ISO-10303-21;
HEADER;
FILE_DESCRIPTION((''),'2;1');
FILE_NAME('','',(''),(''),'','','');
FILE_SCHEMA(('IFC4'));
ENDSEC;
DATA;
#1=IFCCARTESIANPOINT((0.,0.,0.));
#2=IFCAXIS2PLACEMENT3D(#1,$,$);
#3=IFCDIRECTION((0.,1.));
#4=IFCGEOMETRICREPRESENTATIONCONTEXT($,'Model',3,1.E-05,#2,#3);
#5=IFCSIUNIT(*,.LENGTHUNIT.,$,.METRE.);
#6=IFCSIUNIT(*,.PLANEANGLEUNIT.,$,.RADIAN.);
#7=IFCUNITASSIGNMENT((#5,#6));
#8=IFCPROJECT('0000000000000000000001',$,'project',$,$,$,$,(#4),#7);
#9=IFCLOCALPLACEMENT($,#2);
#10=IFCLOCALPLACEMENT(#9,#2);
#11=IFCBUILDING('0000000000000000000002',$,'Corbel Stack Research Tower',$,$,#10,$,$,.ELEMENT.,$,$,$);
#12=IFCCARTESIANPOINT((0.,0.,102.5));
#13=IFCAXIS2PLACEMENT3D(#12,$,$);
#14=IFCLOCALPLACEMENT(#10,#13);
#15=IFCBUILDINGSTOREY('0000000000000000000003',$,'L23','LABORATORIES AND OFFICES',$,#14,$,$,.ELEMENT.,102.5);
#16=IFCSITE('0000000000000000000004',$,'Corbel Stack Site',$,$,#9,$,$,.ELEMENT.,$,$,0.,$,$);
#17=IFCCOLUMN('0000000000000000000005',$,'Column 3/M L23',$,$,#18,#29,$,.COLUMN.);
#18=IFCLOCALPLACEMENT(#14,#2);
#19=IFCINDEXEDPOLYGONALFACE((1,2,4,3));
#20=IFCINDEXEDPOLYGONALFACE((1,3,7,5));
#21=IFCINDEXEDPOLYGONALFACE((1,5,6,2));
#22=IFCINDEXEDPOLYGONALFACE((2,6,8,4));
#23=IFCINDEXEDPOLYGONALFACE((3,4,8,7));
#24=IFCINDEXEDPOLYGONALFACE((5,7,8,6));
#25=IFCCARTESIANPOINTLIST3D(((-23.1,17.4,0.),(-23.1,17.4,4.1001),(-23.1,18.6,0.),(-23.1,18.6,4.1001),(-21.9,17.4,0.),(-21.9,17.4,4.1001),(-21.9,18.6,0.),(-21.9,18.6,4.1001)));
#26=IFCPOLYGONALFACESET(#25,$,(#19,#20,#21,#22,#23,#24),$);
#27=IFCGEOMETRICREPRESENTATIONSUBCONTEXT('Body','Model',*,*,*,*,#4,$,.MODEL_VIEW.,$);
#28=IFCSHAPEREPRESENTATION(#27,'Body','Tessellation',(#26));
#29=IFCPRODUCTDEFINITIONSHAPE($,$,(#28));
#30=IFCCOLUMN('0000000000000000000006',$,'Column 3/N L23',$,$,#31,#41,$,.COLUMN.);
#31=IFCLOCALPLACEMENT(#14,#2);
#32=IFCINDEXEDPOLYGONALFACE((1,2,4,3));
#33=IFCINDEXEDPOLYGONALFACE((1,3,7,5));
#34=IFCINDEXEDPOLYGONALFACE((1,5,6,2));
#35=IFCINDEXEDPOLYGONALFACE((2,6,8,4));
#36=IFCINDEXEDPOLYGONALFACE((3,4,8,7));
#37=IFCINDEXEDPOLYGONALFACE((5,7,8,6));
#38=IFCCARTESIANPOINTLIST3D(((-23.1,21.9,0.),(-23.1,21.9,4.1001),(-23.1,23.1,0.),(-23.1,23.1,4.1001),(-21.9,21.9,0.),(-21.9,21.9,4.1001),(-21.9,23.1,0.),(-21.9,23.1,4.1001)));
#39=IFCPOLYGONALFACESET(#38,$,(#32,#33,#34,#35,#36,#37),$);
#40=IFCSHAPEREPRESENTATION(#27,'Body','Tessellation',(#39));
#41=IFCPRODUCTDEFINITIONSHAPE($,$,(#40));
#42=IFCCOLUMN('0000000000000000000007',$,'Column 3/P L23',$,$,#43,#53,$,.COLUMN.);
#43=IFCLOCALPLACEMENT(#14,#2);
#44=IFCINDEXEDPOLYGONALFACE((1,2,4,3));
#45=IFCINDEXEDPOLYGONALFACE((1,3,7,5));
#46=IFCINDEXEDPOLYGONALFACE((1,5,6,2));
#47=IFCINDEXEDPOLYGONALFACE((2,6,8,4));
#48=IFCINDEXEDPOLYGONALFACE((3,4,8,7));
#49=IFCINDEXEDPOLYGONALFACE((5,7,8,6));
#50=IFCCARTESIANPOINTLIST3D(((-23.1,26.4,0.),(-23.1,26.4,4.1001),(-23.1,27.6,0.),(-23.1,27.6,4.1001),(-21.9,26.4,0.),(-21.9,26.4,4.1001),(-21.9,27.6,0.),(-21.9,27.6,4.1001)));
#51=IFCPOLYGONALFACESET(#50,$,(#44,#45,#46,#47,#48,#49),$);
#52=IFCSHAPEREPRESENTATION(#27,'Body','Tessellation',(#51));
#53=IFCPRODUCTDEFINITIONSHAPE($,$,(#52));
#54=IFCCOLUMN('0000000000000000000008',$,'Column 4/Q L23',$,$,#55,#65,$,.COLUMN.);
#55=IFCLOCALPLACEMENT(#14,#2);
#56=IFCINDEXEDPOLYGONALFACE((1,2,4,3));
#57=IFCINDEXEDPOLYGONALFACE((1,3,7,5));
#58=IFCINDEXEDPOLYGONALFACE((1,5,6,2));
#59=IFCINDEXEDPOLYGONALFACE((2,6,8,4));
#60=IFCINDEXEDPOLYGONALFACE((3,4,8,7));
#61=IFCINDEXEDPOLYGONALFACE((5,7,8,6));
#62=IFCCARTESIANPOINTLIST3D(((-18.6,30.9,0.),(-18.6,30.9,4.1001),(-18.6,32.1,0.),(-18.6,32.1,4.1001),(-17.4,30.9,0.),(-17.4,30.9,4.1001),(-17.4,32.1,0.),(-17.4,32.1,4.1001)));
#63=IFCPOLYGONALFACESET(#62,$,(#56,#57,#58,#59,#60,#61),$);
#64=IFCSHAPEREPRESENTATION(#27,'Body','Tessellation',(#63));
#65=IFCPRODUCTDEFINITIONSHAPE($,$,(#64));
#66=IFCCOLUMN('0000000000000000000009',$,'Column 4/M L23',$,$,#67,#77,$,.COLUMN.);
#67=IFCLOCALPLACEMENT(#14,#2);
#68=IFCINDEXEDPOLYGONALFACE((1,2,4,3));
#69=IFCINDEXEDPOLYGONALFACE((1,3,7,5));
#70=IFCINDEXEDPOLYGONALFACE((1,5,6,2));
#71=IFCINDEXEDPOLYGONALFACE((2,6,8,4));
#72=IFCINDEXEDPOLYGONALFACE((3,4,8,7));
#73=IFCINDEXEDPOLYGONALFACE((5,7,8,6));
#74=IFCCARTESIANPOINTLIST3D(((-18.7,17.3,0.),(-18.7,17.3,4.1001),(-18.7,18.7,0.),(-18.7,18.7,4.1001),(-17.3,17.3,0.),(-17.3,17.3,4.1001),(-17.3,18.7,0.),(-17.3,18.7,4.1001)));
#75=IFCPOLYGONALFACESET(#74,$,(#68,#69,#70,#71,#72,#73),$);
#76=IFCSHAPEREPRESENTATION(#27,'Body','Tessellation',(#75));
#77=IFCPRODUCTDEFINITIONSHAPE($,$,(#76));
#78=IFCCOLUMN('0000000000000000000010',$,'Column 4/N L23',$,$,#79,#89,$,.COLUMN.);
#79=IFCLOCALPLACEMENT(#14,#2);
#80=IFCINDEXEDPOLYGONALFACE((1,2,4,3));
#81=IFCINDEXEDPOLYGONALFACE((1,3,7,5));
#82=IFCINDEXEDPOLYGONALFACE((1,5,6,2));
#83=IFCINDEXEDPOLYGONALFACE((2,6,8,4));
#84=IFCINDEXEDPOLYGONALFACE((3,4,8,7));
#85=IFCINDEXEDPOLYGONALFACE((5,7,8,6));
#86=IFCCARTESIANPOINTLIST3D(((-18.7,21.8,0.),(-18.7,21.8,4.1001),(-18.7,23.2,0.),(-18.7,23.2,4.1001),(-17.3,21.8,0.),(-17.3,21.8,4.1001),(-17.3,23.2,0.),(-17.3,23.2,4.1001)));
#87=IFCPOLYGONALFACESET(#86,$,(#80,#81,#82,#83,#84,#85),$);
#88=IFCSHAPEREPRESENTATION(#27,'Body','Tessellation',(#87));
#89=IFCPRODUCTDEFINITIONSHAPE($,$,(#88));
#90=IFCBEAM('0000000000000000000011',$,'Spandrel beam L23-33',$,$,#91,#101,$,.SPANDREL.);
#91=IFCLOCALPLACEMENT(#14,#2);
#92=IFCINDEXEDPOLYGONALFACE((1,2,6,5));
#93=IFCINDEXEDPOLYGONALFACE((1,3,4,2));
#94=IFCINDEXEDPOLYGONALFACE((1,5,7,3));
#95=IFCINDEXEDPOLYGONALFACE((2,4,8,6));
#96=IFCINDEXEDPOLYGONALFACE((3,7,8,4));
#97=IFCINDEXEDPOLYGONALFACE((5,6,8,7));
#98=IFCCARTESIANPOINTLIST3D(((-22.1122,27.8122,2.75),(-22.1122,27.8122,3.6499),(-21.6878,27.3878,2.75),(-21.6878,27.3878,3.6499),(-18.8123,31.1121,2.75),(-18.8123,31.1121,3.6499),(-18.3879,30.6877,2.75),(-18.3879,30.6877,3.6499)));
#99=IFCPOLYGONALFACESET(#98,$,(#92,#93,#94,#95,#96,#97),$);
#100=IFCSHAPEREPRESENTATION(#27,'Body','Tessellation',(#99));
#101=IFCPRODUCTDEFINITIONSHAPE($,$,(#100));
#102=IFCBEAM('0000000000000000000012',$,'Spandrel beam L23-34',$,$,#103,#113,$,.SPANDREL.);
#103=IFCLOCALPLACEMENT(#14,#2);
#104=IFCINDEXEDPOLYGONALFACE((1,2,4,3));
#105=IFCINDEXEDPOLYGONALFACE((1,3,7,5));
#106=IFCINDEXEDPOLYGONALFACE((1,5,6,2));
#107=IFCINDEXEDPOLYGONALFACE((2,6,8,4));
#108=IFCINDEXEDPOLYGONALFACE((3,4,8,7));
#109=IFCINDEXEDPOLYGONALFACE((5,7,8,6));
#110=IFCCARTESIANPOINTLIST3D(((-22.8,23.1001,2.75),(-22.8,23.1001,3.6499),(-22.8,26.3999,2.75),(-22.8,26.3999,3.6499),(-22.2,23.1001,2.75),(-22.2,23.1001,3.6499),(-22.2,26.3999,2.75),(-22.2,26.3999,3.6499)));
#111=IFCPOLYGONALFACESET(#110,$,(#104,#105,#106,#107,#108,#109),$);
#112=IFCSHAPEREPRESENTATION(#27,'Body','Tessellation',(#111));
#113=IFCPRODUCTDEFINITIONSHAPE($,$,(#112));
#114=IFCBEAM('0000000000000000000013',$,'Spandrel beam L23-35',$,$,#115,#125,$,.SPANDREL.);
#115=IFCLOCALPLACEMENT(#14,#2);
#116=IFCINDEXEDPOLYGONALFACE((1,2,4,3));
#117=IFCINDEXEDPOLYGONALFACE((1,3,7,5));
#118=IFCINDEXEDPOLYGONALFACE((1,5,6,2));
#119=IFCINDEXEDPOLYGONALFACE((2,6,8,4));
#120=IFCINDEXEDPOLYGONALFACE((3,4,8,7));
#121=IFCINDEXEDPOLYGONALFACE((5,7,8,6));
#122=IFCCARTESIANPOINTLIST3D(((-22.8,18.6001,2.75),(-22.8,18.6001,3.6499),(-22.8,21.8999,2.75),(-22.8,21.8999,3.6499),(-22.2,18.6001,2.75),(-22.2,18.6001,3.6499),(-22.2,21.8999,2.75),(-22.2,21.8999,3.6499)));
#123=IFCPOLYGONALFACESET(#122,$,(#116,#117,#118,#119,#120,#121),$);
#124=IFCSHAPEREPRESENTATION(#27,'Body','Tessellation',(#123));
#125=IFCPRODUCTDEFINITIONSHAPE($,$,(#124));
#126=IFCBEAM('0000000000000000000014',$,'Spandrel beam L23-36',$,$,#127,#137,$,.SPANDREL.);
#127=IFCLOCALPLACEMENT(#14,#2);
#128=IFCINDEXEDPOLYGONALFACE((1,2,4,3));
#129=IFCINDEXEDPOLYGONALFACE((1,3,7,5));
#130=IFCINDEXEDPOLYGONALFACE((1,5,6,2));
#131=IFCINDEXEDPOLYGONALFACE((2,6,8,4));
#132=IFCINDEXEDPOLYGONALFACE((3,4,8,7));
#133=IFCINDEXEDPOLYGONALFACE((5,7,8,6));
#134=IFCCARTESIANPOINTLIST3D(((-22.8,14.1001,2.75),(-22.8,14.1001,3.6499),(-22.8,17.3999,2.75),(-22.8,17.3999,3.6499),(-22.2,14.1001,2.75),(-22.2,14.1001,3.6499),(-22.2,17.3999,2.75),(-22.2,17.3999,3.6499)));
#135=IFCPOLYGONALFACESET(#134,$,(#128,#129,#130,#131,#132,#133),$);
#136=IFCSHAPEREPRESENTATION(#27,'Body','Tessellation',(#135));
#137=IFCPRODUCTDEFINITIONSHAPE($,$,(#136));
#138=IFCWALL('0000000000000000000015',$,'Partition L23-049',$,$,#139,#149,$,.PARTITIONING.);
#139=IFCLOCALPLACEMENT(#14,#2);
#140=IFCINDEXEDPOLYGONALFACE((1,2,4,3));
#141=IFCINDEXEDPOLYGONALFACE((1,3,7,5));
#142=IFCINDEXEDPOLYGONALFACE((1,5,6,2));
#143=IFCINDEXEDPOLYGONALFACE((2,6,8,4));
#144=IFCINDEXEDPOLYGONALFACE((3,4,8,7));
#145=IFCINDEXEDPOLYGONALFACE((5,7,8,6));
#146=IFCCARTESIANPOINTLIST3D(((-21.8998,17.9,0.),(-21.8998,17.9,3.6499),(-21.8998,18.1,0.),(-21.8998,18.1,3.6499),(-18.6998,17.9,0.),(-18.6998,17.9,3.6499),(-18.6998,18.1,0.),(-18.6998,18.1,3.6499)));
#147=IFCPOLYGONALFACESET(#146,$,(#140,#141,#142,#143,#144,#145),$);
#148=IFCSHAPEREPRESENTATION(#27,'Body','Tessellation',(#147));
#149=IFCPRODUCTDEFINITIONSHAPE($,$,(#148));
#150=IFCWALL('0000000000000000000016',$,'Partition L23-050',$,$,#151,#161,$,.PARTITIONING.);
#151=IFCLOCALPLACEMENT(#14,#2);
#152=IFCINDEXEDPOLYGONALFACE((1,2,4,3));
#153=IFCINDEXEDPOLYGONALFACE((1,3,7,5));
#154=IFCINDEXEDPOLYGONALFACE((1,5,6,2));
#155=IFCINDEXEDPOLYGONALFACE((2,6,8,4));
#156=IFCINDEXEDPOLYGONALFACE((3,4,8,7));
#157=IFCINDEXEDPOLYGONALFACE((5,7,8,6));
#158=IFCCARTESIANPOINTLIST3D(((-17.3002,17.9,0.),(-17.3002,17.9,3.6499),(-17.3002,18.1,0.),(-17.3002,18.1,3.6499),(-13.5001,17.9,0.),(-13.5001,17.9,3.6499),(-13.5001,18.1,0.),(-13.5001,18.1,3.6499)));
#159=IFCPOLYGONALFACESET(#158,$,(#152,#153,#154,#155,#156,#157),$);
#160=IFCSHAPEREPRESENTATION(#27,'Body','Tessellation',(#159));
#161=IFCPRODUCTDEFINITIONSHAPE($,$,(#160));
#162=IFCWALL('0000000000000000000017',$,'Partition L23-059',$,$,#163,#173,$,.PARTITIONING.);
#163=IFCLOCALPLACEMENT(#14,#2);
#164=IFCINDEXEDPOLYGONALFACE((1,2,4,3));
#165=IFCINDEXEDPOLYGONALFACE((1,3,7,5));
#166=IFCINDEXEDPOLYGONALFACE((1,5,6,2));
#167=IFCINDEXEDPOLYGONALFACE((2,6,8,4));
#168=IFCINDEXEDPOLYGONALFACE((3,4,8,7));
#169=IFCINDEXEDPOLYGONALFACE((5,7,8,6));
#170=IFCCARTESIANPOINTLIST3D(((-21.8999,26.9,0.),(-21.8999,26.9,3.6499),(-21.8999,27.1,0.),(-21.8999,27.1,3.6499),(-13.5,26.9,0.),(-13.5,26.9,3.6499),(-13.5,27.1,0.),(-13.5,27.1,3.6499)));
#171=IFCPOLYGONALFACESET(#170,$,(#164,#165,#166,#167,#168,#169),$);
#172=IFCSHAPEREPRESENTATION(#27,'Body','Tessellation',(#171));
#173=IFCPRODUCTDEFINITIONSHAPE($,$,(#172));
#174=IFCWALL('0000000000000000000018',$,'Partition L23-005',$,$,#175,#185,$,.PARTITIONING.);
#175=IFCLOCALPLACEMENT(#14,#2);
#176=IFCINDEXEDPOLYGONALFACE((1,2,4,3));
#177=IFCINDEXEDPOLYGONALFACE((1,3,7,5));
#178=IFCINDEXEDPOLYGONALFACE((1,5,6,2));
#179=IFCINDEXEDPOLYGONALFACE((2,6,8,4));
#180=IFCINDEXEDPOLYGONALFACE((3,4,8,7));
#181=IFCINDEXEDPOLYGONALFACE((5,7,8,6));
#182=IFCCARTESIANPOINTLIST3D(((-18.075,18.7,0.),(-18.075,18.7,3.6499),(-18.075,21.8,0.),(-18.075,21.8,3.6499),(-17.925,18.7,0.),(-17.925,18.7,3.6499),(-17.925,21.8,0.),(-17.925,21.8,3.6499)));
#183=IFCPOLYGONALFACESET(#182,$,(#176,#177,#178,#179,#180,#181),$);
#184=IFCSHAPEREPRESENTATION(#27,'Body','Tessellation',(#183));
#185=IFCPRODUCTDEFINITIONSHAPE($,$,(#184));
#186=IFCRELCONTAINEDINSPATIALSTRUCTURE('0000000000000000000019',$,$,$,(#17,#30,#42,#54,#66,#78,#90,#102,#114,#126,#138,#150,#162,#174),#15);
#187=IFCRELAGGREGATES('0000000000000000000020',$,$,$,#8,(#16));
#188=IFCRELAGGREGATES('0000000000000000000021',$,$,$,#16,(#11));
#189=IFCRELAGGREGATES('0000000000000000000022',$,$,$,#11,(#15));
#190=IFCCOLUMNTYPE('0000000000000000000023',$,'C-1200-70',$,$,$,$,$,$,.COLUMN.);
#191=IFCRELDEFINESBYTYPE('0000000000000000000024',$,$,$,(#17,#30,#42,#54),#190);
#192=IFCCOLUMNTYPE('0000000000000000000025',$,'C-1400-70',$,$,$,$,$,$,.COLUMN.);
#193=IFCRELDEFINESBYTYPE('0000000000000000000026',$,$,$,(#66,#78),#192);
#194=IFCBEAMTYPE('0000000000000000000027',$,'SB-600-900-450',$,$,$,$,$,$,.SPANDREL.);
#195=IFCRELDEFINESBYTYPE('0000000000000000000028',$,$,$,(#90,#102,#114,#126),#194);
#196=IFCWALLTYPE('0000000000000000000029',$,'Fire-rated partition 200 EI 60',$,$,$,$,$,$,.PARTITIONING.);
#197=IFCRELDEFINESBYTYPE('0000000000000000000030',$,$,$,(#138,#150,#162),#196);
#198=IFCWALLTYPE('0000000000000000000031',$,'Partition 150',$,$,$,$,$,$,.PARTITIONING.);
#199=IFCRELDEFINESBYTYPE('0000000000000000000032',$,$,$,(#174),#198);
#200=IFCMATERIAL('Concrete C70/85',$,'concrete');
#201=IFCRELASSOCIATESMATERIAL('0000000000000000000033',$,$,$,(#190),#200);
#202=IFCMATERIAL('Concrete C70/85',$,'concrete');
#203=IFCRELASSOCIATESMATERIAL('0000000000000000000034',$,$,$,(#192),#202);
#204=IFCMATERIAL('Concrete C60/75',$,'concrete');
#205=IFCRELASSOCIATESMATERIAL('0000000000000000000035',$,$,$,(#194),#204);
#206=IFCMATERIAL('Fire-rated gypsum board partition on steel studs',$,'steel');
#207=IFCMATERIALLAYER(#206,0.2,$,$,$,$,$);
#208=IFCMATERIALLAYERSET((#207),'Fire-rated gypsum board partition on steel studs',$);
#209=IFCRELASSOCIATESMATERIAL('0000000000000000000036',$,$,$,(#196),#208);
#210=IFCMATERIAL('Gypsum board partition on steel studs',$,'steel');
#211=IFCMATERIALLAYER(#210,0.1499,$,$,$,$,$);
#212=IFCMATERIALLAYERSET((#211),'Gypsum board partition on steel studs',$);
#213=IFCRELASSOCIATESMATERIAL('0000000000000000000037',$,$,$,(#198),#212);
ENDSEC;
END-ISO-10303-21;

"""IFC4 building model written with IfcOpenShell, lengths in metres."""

from ifc_helpers import new_model, si_unit, direction, frame, frame_2d, origin, origin_2d, place, context, subcontext, project, spatial, rectangle, extrude, material, layer, layer_set, material_profile, profile_set, type_object, element, save


model = new_model("IFC4")

# Units and contexts
model_context = context("Model", 3, precision=1e-05, world=origin(), true_north=direction((0.0, 1.0)))
body_context = subcontext(model_context, "Body", "Model", "MODEL_VIEW")
ifc_project = project(units=[si_unit("LENGTHUNIT", "METRE"), si_unit("PLANEANGLEUNIT", "RADIAN")], contexts=[model_context])

# Site, building, storey
site_placement = place(None, origin())
site = spatial("IfcSite", under=ifc_project, at=site_placement, Name="Corbel Stack Site", CompositionType="ELEMENT", RefElevation=0.0)
building_placement = place(site_placement, origin())
building = spatial("IfcBuilding", under=site, at=building_placement, Name="Corbel Stack Research Tower", CompositionType="ELEMENT")
storey_placement = place(building_placement, frame((0.0, 0.0, 102.5)))
storey = spatial("IfcBuildingStorey", under=building, at=storey_placement, Name="L23", Description="LABORATORIES AND OFFICES", CompositionType="ELEMENT", Elevation=102.5)

# Columns
ifc_material_1 = material(Name="Concrete C70/85", Category="concrete")
ifc_material_profile_1 = material_profile(ifc_material_1, rectangle(XDim=1.2, YDim=1.2, at=origin_2d()), Name="RC 1200 x 1200")
ifc_profile_set_1 = profile_set([ifc_material_profile_1], Name="Concrete C70/85")
column_type_1 = type_object("IfcColumnType", Name="C-1200-70", PredefinedType="COLUMN", material=ifc_profile_set_1)
for number, where, z_axis, x_axis, name in (
    (1, (-22.5, 18.0, 0.0), (0.0, 0.0, 1.0), (1.0, 0.0, 0.0), "Column 3/M L23"),
    (2, (-22.5, 22.5, 0.0), (0.0, 0.0, 1.0), (1.0, 0.0, 0.0), "Column 3/N L23"),
    (3, (-22.5, 27.0, 0.0), (0.0, 0.0, 1.0), (1.0, 0.0, 0.0), "Column 3/P L23"),
    (4, (-18.0, 31.5, 0.0), (0.0, 0.0, 1.0), (1.0, 0.0, 0.0), "Column 4/Q L23"),
):
    element("IfcColumn", number, at=place(storey_placement, frame(where, z_axis=z_axis, x_axis=x_axis)), inside=storey, type_object=column_type_1, Name=name, PredefinedType="COLUMN", context=body_context, shape_type="SweptSolid", body=[
        extrude(rectangle(XDim=1.2, YDim=1.2, at=origin_2d()), origin(), (0.0, 0.0, 1.0), 4.1001),
    ])
ifc_material_2 = material(Name="Concrete C70/85", Category="concrete")
ifc_material_profile_2 = material_profile(ifc_material_2, rectangle(XDim=1.3999, YDim=1.3999, at=origin_2d()), Name="RC 1400 x 1400")
ifc_profile_set_2 = profile_set([ifc_material_profile_2], Name="Concrete C70/85")
column_type_2 = type_object("IfcColumnType", Name="C-1400-70", PredefinedType="COLUMN", material=ifc_profile_set_2)
for number, where, z_axis, x_axis, name in (
    (5, (-18.0, 18.0, 0.0), (0.0, 0.0, 1.0), (1.0, 0.0, 0.0), "Column 4/M L23"),
    (6, (-18.0, 22.5, 0.0), (0.0, 0.0, 1.0), (1.0, 0.0, 0.0), "Column 4/N L23"),
):
    element("IfcColumn", number, at=place(storey_placement, frame(where, z_axis=z_axis, x_axis=x_axis)), inside=storey, type_object=column_type_2, Name=name, PredefinedType="COLUMN", context=body_context, shape_type="SweptSolid", body=[
        extrude(rectangle(XDim=1.3999, YDim=1.3999, at=origin_2d()), origin(), (0.0, 0.0, 1.0), 4.1001),
    ])

# Beams
ifc_material_3 = material(Name="Concrete C60/75", Category="concrete")
ifc_material_profile_3 = material_profile(ifc_material_3, rectangle(XDim=0.6001, YDim=0.8999, at=origin_2d()), Name="RC 600 x 900")
ifc_profile_set_3 = profile_set([ifc_material_profile_3], Name="Concrete C60/75")
beam_type = type_object("IfcBeamType", Name="SB-600-900-450", PredefinedType="SPANDREL", material=ifc_profile_set_3)
beam_placement = place(storey_placement, frame((-18.6001, 30.8999, 3.2), z_axis=(-0.707107, -0.707107, 0.0), x_axis=(0.707107, -0.707107, 0.0)))
element("IfcBeam", 7, at=beam_placement, inside=storey, type_object=beam_type, Name="Spandrel beam L23-33", PredefinedType="SPANDREL", context=body_context, shape_type="SweptSolid", body=[
    extrude(rectangle(XDim=0.6001, YDim=0.8999, at=origin_2d()), origin(), (0.0, 0.0, 1.0), 4.6667),
])
for number, where, z_axis, x_axis, name in (
    (8, (-22.5, 26.3999, 3.2), (0.0, -1.0, 0.0), (1.0, 0.0, 0.0), "Spandrel beam L23-34"),
    (9, (-22.5, 21.8999, 3.2), (0.0, -1.0, 0.0), (1.0, 0.0, 0.0), "Spandrel beam L23-35"),
    (10, (-22.5, 17.3999, 3.2), (0.0, -1.0, 0.0), (1.0, 0.0, 0.0), "Spandrel beam L23-36"),
):
    element("IfcBeam", number, at=place(storey_placement, frame(where, z_axis=z_axis, x_axis=x_axis)), inside=storey, type_object=beam_type, Name=name, PredefinedType="SPANDREL", context=body_context, shape_type="SweptSolid", body=[
        extrude(rectangle(XDim=0.6001, YDim=0.8999, at=origin_2d()), origin(), (0.0, 0.0, 1.0), 3.2998),
    ])

# Walls
ifc_material_4 = material(Name="Fire-rated gypsum board partition on steel studs", Category="steel")
ifc_layer_1 = layer(ifc_material_4, 0.2)
ifc_layer_set_1 = layer_set([ifc_layer_1], Name="Fire-rated gypsum board partition on steel studs")
wall_type_1 = type_object("IfcWallType", Name="Fire-rated partition 200 EI 60", PredefinedType="PARTITIONING", material=ifc_layer_set_1)
wall_1_placement = place(storey_placement, frame((-21.8999, 18.0, 0.0), z_axis=(0.0, 0.0, 1.0), x_axis=(1.0, 0.0, 0.0)))
element("IfcWall", 11, at=wall_1_placement, inside=storey, type_object=wall_type_1, Name="Partition L23-049", PredefinedType="PARTITIONING", context=body_context, shape_type="SweptSolid", body=[
    extrude(rectangle(XDim=3.2, YDim=0.2, at=frame_2d((1.6001, 0.0))), origin(), (0.0, 0.0, 1.0), 3.6499),
])
wall_2_placement = place(storey_placement, frame((-17.3, 18.0, 0.0), z_axis=(0.0, 0.0, 1.0), x_axis=(1.0, 0.0, 0.0)))
element("IfcWall", 12, at=wall_2_placement, inside=storey, type_object=wall_type_1, Name="Partition L23-050", PredefinedType="PARTITIONING", context=body_context, shape_type="SweptSolid", body=[
    extrude(rectangle(XDim=3.8, YDim=0.2, at=frame_2d((1.8999, 0.0))), origin(), (0.0, 0.0, 1.0), 3.6499),
])
wall_3_placement = place(storey_placement, frame((-21.8999, 27.0, 0.0), z_axis=(0.0, 0.0, 1.0), x_axis=(1.0, 0.0, 0.0)))
element("IfcWall", 13, at=wall_3_placement, inside=storey, type_object=wall_type_1, Name="Partition L23-059", PredefinedType="PARTITIONING", context=body_context, shape_type="SweptSolid", body=[
    extrude(rectangle(XDim=8.3999, YDim=0.2, at=frame_2d((4.2, 0.0))), origin(), (0.0, 0.0, 1.0), 3.6499),
])
ifc_material_5 = material(Name="Gypsum board partition on steel studs", Category="steel")
ifc_layer_2 = layer(ifc_material_5, 0.1499)
ifc_layer_set_2 = layer_set([ifc_layer_2], Name="Gypsum board partition on steel studs")
wall_type_2 = type_object("IfcWallType", Name="Partition 150", PredefinedType="PARTITIONING", material=ifc_layer_set_2)
wall_4_placement = place(storey_placement, frame((-18.0, 18.7, 0.0), z_axis=(0.0, 0.0, 1.0), x_axis=(0.0, 1.0, 0.0)))
element("IfcWall", 14, at=wall_4_placement, inside=storey, type_object=wall_type_2, Name="Partition L23-005", PredefinedType="PARTITIONING", context=body_context, shape_type="SweptSolid", body=[
    extrude(rectangle(XDim=3.1001, YDim=0.1499, at=frame_2d((1.55, 0.0))), origin(), (0.0, 0.0, 1.0), 3.6499),
])

save(model, "model.ifc")
